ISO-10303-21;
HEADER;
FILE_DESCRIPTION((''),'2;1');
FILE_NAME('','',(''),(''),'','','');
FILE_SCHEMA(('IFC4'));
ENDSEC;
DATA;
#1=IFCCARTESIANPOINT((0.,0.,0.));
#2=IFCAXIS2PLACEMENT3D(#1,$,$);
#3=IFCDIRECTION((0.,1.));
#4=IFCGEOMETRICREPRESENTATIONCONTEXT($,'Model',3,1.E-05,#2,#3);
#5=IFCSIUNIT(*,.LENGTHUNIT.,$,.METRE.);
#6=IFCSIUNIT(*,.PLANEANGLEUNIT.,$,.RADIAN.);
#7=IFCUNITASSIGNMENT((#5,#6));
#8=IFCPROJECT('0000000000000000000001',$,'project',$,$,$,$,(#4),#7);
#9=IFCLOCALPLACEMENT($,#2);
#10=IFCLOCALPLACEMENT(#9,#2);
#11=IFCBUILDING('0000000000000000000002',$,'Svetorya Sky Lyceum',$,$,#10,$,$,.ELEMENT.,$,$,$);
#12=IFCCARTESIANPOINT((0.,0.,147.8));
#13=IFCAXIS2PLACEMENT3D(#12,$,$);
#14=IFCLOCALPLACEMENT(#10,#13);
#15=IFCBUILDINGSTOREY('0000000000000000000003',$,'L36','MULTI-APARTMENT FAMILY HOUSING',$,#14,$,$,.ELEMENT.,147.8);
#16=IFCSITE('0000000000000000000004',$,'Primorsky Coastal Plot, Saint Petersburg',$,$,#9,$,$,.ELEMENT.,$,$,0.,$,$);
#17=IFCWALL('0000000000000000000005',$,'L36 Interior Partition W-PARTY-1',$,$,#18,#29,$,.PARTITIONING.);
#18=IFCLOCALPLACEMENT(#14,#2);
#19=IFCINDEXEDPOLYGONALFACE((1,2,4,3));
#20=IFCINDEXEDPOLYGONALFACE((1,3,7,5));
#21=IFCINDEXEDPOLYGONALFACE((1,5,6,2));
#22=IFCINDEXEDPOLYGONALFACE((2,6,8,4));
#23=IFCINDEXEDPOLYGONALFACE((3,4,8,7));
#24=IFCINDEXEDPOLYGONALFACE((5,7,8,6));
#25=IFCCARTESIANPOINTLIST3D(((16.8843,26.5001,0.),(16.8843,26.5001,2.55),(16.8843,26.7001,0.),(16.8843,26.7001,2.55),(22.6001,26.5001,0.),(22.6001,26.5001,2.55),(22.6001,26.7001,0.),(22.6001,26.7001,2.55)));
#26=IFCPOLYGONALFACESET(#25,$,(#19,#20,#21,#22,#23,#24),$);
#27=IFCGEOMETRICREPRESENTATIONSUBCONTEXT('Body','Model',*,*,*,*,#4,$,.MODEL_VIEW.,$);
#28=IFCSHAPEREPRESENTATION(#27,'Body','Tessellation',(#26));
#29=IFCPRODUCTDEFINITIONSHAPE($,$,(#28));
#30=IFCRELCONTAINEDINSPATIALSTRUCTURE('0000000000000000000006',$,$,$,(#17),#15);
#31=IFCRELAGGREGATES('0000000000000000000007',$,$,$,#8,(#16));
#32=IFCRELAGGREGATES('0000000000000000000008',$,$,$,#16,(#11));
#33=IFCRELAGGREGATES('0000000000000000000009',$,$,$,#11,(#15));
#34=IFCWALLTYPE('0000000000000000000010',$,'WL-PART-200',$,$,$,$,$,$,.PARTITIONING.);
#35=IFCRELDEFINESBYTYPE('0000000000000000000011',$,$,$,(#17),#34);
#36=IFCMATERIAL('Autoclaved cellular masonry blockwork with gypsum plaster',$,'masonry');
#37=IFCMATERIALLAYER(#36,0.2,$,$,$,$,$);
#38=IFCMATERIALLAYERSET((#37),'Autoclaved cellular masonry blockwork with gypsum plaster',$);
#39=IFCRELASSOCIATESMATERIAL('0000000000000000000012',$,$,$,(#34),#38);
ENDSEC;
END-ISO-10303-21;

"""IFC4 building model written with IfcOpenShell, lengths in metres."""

from ifc_helpers import new_model, si_unit, direction, frame, frame_2d, origin, place, context, subcontext, project, spatial, rectangle, extrude, material, layer, layer_set, type_object, element, save


model = new_model("IFC4")

# Units and contexts
model_context = context("Model", 3, precision=1e-05, world=origin(), true_north=direction((0.0, 1.0)))
body_context = subcontext(model_context, "Body", "Model", "MODEL_VIEW")
ifc_project = project(units=[si_unit("LENGTHUNIT", "METRE"), si_unit("PLANEANGLEUNIT", "RADIAN")], contexts=[model_context])

# Site, building, storey
site_placement = place(None, origin())
site = spatial("IfcSite", under=ifc_project, at=site_placement, Name="Primorsky Coastal Plot, Saint Petersburg", CompositionType="ELEMENT", RefElevation=0.0)
building_placement = place(site_placement, origin())
building = spatial("IfcBuilding", under=site, at=building_placement, Name="Svetorya Sky Lyceum", CompositionType="ELEMENT")
storey_placement = place(building_placement, frame((0.0, 0.0, 147.8)))
storey = spatial("IfcBuildingStorey", under=building, at=storey_placement, Name="L36", Description="MULTI-APARTMENT FAMILY HOUSING", CompositionType="ELEMENT", Elevation=147.8)

# Wall
ifc_material_1 = material(Name="Autoclaved cellular masonry blockwork with gypsum plaster", Category="masonry")
ifc_layer_1 = layer(ifc_material_1, 0.2)
ifc_layer_set_1 = layer_set([ifc_layer_1], Name="Autoclaved cellular masonry blockwork with gypsum plaster")
wall_type_1 = type_object("IfcWallType", Name="WL-PART-200", PredefinedType="PARTITIONING", material=ifc_layer_set_1)
wall_1_placement = place(storey_placement, frame((16.8843, 26.6001, 0.0), z_axis=(0.0, 0.0, 1.0), x_axis=(1.0, 0.0, 0.0)))
element("IfcWall", 1, at=wall_1_placement, inside=storey, type_object=wall_type_1, Name="L36 Interior Partition W-PARTY-1", PredefinedType="PARTITIONING", context=body_context, shape_type="SweptSolid", body=[
    extrude(rectangle(XDim=5.7158, YDim=0.2, at=frame_2d((2.8579, 0.0))), origin(), (0.0, 0.0, 1.0), 2.55),
])

save(model, "model.ifc")
